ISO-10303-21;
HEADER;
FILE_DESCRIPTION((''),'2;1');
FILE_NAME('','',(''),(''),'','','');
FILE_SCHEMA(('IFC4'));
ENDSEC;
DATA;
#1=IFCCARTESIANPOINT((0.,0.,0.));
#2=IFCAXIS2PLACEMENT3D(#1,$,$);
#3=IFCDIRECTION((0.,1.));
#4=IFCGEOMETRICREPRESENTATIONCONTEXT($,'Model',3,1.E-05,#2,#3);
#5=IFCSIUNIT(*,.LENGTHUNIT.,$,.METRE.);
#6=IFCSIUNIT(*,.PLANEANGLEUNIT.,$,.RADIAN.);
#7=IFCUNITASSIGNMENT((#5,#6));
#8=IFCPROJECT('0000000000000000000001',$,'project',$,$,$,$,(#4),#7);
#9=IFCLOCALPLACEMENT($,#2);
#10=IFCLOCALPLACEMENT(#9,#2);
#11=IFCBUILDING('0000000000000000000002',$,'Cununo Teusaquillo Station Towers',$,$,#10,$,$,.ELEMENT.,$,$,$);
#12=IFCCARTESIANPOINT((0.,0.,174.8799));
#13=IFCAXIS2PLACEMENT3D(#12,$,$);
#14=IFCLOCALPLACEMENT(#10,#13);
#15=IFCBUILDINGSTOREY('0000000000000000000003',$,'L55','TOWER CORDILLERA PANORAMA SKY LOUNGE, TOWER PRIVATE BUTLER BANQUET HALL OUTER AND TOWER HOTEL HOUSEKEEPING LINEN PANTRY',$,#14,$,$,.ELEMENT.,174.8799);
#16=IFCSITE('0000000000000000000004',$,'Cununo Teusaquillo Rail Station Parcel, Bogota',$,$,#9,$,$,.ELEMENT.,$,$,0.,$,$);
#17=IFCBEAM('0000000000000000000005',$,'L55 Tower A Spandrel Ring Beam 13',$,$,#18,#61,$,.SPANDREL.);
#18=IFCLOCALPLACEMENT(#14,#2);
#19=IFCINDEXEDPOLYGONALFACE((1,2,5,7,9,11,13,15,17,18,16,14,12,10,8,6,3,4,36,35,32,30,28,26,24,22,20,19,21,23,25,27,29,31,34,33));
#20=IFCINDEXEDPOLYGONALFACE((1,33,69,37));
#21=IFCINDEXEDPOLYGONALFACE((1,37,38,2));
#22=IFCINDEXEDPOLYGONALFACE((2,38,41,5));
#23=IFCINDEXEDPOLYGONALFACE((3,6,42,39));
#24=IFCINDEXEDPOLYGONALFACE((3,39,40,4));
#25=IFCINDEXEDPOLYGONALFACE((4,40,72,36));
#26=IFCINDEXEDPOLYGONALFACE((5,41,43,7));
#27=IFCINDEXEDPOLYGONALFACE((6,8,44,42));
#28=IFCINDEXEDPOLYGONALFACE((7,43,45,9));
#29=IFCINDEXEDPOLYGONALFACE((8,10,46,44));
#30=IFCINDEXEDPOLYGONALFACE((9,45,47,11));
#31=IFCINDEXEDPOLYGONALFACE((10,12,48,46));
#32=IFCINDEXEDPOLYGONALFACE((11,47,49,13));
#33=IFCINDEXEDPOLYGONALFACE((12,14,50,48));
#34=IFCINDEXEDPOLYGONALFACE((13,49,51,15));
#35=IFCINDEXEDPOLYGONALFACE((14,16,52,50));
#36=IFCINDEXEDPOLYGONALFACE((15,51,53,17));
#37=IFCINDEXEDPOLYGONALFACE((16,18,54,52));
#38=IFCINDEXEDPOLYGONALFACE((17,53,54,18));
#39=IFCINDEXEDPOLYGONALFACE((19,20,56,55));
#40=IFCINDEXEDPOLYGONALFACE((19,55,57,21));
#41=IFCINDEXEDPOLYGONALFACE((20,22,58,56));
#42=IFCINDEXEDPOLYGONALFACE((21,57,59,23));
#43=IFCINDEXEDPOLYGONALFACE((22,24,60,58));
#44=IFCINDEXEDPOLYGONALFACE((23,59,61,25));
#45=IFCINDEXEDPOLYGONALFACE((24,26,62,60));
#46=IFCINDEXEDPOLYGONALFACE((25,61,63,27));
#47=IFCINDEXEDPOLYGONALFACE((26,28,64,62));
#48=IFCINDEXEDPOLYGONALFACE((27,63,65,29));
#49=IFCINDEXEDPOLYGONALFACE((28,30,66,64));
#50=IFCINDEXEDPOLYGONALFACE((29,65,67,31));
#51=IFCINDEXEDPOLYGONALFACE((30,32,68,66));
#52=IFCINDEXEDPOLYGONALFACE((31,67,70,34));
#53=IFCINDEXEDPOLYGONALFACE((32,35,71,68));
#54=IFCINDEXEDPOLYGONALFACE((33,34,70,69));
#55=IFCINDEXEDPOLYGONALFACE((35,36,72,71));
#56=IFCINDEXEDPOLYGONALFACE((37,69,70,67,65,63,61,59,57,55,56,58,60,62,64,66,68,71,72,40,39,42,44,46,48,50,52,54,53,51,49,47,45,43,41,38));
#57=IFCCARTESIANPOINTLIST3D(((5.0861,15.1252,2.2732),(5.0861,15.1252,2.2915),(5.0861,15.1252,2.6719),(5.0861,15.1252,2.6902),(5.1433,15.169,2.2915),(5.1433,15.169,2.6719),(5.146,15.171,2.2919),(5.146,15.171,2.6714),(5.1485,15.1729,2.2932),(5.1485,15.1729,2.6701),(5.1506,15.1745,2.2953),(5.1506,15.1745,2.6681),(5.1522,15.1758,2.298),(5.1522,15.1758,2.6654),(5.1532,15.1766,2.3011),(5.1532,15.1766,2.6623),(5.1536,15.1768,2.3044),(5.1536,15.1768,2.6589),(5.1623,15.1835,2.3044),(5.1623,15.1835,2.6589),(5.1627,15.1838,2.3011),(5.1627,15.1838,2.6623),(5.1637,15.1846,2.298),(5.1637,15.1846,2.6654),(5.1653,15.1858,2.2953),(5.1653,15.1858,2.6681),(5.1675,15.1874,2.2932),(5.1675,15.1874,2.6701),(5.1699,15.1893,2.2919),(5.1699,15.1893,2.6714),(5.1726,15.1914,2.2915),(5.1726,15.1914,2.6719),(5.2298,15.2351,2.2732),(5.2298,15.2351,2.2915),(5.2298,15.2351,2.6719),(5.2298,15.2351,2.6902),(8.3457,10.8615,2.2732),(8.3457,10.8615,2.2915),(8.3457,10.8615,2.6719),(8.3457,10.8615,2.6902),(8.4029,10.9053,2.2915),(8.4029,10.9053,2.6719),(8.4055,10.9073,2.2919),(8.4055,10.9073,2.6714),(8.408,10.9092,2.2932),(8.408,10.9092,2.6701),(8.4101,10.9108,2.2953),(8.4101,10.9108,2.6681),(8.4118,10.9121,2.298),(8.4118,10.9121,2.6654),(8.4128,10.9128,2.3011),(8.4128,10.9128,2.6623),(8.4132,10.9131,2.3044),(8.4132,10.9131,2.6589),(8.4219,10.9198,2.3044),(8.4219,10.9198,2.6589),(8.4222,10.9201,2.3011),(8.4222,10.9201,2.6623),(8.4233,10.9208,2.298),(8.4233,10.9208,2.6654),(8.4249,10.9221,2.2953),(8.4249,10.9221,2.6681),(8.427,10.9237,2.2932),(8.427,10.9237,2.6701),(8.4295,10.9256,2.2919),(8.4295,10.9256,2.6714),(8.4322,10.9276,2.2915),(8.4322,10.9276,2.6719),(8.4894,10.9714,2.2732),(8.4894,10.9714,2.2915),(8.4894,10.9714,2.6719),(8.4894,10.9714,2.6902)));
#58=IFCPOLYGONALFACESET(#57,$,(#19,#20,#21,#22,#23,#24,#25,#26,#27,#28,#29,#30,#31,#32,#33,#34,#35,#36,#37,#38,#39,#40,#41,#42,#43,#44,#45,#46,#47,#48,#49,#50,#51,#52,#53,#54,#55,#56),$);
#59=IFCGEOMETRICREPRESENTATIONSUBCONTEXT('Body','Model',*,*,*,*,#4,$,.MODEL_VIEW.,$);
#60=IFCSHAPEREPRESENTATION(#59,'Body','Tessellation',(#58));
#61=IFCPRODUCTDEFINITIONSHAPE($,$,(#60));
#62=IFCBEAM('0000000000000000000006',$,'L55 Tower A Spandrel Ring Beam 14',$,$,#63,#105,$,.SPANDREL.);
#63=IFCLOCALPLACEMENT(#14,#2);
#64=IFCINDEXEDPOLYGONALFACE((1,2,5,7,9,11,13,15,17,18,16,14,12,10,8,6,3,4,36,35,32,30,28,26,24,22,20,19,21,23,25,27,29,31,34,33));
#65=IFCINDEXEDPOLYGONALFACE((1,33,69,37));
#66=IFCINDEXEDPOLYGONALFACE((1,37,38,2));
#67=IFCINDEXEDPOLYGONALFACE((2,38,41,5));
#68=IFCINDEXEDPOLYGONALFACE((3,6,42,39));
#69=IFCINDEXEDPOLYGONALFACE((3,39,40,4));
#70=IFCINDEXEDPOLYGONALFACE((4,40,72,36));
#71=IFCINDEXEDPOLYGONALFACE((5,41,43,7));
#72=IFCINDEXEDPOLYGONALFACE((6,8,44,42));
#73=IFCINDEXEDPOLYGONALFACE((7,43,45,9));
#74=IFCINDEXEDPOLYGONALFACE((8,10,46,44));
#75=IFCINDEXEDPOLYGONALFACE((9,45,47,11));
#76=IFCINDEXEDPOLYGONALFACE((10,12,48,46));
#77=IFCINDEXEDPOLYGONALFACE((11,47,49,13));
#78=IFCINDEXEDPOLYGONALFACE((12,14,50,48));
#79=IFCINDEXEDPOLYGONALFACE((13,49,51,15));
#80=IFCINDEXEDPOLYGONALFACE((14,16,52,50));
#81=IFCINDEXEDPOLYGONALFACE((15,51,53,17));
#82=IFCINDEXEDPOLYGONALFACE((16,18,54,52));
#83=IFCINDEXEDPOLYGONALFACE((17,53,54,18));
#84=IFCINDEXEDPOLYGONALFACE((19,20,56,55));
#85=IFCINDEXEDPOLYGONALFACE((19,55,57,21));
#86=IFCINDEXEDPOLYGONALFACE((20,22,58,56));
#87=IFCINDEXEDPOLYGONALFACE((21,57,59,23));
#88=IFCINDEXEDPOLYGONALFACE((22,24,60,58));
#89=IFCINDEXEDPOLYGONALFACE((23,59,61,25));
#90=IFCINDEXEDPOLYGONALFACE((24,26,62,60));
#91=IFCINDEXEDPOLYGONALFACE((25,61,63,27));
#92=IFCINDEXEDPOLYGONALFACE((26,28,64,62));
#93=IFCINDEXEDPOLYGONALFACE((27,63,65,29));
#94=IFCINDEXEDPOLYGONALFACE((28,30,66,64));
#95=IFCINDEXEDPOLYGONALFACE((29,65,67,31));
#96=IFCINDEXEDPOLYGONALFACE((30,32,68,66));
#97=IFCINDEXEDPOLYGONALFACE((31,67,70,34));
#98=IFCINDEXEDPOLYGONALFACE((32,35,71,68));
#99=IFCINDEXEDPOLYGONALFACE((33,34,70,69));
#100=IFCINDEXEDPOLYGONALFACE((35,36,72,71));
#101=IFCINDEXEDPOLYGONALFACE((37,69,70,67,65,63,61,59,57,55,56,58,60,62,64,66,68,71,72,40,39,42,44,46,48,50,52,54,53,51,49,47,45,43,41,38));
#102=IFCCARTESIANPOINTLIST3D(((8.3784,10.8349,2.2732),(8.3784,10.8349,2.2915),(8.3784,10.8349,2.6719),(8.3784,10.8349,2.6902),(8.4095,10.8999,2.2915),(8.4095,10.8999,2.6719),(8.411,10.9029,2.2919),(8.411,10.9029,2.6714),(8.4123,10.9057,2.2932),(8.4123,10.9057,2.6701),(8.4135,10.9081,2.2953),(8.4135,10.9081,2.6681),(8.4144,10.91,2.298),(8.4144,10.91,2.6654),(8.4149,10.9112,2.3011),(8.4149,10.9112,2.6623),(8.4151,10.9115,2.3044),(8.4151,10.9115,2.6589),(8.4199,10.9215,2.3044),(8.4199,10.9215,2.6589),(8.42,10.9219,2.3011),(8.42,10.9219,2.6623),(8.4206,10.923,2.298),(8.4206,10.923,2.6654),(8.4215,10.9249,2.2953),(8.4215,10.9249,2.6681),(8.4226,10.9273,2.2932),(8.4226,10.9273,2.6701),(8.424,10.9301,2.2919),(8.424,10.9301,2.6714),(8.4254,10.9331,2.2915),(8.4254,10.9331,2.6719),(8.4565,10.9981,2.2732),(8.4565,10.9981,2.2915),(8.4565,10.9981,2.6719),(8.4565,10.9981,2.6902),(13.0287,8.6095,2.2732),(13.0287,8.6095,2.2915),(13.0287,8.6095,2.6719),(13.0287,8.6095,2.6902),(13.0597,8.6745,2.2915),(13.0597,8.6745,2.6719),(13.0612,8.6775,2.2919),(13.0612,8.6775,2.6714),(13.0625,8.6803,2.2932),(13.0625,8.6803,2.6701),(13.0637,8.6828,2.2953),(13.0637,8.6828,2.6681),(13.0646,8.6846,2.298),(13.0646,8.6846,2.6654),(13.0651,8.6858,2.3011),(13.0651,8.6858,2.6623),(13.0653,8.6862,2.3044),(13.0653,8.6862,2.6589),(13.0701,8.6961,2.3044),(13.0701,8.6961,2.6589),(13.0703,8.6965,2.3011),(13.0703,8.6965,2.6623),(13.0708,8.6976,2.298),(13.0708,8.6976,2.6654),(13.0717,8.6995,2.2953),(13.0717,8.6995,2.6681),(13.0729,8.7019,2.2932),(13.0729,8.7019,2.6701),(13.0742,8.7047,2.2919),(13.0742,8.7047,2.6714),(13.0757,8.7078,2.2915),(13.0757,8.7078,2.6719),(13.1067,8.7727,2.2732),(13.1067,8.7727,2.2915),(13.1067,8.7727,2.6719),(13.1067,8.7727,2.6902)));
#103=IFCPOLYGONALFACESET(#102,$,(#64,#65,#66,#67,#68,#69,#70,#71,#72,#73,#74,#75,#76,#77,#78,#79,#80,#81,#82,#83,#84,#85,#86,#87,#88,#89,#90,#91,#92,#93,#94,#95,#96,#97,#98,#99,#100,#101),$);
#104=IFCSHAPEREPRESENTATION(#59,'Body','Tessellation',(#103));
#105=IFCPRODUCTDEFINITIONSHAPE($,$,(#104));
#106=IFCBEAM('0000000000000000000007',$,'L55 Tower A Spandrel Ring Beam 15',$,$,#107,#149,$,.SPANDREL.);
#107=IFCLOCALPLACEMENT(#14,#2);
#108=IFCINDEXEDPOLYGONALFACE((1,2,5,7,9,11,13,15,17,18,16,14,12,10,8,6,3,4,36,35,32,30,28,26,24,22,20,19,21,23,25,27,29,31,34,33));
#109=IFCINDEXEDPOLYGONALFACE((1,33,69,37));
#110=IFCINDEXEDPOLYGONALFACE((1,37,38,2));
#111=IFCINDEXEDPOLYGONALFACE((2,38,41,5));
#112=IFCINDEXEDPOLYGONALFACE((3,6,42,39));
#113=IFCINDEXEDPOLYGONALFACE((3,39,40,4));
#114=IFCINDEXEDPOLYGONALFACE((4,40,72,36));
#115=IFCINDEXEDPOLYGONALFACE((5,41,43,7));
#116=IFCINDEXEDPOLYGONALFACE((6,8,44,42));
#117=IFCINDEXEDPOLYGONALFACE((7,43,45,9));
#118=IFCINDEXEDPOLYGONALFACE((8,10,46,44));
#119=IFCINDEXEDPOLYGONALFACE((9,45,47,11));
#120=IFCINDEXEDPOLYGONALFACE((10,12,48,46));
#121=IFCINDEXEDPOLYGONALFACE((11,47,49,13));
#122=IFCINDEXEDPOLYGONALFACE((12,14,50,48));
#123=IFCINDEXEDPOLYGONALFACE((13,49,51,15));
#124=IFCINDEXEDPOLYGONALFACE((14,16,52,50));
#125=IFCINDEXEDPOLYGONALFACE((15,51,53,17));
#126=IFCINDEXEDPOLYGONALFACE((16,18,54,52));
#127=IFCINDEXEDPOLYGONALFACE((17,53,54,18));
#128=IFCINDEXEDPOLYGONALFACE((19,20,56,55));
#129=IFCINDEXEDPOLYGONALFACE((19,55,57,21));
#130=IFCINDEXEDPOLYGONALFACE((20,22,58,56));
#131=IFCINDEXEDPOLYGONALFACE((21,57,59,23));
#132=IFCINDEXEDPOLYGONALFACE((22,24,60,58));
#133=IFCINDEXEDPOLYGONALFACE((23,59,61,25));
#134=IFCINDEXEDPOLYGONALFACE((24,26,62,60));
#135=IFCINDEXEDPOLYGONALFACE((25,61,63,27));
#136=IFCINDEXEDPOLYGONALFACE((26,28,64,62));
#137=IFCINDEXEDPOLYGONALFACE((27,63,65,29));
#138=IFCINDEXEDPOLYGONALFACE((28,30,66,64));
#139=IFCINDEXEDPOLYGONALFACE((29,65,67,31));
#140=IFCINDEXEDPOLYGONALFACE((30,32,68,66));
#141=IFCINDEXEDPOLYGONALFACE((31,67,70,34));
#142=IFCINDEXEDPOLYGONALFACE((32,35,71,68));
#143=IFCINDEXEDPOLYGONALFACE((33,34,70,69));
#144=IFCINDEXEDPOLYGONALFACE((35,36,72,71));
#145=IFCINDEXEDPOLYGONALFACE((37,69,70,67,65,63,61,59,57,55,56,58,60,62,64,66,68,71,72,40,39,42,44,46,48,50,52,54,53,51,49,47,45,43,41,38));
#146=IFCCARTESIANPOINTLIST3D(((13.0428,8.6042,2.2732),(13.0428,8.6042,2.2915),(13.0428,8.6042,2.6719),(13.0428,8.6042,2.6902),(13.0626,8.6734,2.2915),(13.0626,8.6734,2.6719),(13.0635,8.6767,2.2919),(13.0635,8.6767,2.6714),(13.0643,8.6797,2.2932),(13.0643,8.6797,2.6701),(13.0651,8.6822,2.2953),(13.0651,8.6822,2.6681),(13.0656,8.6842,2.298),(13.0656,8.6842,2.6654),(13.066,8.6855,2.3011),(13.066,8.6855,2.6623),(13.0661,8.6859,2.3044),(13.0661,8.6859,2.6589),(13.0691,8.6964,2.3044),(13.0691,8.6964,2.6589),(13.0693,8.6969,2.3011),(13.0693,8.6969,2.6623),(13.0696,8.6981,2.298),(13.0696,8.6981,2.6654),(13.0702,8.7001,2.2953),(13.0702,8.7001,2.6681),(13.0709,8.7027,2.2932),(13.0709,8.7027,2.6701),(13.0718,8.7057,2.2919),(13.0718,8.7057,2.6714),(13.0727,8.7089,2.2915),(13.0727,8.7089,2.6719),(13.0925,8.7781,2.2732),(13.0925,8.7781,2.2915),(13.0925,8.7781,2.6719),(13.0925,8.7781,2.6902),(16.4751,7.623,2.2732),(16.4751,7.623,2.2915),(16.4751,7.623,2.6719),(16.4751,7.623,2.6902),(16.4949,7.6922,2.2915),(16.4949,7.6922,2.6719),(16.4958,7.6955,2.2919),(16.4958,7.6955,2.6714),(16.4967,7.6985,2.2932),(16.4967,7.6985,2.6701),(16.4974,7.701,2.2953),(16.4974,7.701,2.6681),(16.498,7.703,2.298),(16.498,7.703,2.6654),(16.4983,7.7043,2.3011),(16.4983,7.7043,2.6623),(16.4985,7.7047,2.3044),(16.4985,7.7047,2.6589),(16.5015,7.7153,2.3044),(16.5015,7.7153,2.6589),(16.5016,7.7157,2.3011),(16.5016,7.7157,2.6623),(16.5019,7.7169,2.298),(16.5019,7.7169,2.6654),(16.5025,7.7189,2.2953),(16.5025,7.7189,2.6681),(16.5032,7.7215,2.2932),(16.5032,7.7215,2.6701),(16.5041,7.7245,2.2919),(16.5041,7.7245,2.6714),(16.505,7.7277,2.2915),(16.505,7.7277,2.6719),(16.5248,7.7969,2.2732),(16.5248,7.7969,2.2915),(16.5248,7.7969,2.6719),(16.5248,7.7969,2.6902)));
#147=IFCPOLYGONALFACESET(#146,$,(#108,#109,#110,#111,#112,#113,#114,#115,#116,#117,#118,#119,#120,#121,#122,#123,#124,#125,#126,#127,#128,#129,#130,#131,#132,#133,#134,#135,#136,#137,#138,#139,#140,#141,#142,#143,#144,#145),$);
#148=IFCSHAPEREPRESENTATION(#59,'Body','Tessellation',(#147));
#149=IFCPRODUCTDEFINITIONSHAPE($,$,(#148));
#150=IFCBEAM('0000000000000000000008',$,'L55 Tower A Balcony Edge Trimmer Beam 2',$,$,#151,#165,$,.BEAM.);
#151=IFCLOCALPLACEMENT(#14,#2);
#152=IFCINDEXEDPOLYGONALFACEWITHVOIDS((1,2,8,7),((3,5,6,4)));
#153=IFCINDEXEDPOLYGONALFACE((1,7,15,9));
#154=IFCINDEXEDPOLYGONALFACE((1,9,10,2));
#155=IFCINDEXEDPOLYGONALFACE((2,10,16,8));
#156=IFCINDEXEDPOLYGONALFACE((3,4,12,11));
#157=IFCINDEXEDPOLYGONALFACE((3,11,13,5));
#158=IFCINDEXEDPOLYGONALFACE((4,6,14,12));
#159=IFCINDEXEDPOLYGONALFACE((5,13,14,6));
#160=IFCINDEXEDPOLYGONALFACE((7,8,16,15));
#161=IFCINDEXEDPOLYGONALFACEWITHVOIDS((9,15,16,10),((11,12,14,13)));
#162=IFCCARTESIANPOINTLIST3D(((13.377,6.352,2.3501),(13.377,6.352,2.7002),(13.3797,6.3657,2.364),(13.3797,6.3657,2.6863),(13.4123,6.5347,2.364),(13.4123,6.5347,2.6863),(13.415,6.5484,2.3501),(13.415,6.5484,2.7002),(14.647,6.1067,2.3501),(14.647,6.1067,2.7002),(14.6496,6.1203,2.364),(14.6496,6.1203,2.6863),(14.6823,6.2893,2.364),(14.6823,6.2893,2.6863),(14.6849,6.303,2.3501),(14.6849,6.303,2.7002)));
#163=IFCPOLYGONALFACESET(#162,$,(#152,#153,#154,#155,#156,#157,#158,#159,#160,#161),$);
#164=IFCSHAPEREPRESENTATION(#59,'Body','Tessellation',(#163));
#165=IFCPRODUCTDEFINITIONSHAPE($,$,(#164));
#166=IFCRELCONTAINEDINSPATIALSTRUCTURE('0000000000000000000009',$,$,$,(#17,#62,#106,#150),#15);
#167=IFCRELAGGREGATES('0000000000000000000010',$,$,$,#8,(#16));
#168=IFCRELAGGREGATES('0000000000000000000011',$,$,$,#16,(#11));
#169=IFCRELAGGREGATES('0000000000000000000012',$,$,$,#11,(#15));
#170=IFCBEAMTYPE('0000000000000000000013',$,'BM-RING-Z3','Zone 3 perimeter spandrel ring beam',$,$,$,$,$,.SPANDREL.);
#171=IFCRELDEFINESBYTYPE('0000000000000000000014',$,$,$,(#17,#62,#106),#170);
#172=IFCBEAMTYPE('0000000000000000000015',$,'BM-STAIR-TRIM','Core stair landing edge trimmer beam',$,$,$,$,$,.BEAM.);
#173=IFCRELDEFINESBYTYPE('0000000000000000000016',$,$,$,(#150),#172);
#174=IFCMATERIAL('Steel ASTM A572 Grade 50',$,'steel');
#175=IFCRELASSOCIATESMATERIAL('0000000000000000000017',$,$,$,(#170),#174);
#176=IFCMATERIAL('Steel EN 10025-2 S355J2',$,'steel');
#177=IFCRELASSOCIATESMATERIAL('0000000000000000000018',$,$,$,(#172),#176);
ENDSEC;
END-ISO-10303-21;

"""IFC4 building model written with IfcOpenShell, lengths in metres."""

from ifc_helpers import new_model, si_unit, direction, frame, origin, origin_2d, place, context, subcontext, project, spatial, hollow_rectangle, i_section, extrude, material, material_profile, profile_set, type_object, element, save


model = new_model("IFC4")

# Units and contexts
model_context = context("Model", 3, precision=1e-05, world=origin(), true_north=direction((0.0, 1.0)))
body_context = subcontext(model_context, "Body", "Model", "MODEL_VIEW")
ifc_project = project(units=[si_unit("LENGTHUNIT", "METRE"), si_unit("PLANEANGLEUNIT", "RADIAN")], contexts=[model_context])

# Site, building, storey
site_placement = place(None, origin())
site = spatial("IfcSite", under=ifc_project, at=site_placement, Name="Cununo Teusaquillo Rail Station Parcel, Bogota", CompositionType="ELEMENT", RefElevation=0.0)
building_placement = place(site_placement, origin())
building = spatial("IfcBuilding", under=site, at=building_placement, Name="Cununo Teusaquillo Station Towers", CompositionType="ELEMENT")
storey_placement = place(building_placement, frame((0.0, 0.0, 174.8799)))
storey = spatial("IfcBuildingStorey", under=building, at=storey_placement, Name="L55", Description="TOWER CORDILLERA PANORAMA SKY LOUNGE, TOWER PRIVATE BUTLER BANQUET HALL OUTER AND TOWER HOTEL HOUSEKEEPING LINEN PANTRY", CompositionType="ELEMENT", Elevation=174.8799)

# Beams
ifc_material_1 = material(Name="Steel ASTM A572 Grade 50", Category="steel")
ifc_material_profile_1 = material_profile(ifc_material_1, i_section(OverallWidth=0.1809, OverallDepth=0.417, WebThickness=0.011, FlangeThickness=0.0183, FilletRadius=0.0129, at=origin_2d()), Name="W16X57")
ifc_profile_set_1 = profile_set([ifc_material_profile_1], Name="Steel ASTM A572 Grade 50")
beam_type_1 = type_object("IfcBeamType", Name="BM-RING-Z3", Description="Zone 3 perimeter spandrel ring beam", PredefinedType="SPANDREL", material=ifc_profile_set_1)
beam_1_placement = place(storey_placement, frame((5.158, 15.1802, 2.4817), z_axis=(0.60734, -0.794442, 0.0), x_axis=(0.794442, 0.60734, 0.0)))
element("IfcBeam", 1, at=beam_1_placement, inside=storey, type_object=beam_type_1, Name="L55 Tower A Spandrel Ring Beam 13", PredefinedType="SPANDREL", context=body_context, shape_type="SweptSolid", body=[
    extrude(i_section(OverallWidth=0.1809, OverallDepth=0.417, WebThickness=0.011, FlangeThickness=0.0183, FilletRadius=0.0129, at=origin_2d()), origin(), (0.0, 0.0, 1.0), 5.3669),
])
beam_2_placement = place(storey_placement, frame((8.4175, 10.9165, 2.4817), z_axis=(0.902032, -0.43167, 0.0), x_axis=(0.43167, 0.902032, 0.0)))
element("IfcBeam", 2, at=beam_2_placement, inside=storey, type_object=beam_type_1, Name="L55 Tower A Spandrel Ring Beam 14", PredefinedType="SPANDREL", context=body_context, shape_type="SweptSolid", body=[
    extrude(i_section(OverallWidth=0.1809, OverallDepth=0.417, WebThickness=0.011, FlangeThickness=0.0183, FilletRadius=0.0129, at=origin_2d()), origin(), (0.0, 0.0, 1.0), 5.1553),
])
beam_3_placement = place(storey_placement, frame((13.0676, 8.6912, 2.4817), z_axis=(0.961485, -0.274857, 0.0), x_axis=(0.274857, 0.961485, 0.0)))
element("IfcBeam", 3, at=beam_3_placement, inside=storey, type_object=beam_type_1, Name="L55 Tower A Spandrel Ring Beam 15", PredefinedType="SPANDREL", context=body_context, shape_type="SweptSolid", body=[
    extrude(i_section(OverallWidth=0.1809, OverallDepth=0.417, WebThickness=0.011, FlangeThickness=0.0183, FilletRadius=0.0129, at=origin_2d()), origin(), (0.0, 0.0, 1.0), 3.5698),
])
ifc_material_2 = material(Name="Steel EN 10025-2 S355J2", Category="steel")
ifc_material_profile_2 = material_profile(ifc_material_2, hollow_rectangle(XDim=0.2, YDim=0.3501, WallThickness=0.0139, at=origin_2d()), Name="RHS 350x200x14")
ifc_profile_set_2 = profile_set([ifc_material_profile_2], Name="Steel EN 10025-2 S355J2")
beam_type_2 = type_object("IfcBeamType", Name="BM-STAIR-TRIM", Description="Core stair landing edge trimmer beam", PredefinedType="BEAM", material=ifc_profile_set_2)
beam_4_placement = place(storey_placement, frame((13.396, 6.4502, 2.5251), z_axis=(0.981845, -0.189687, 0.0), x_axis=(0.189687, 0.981845, 0.0)))
element("IfcBeam", 4, at=beam_4_placement, inside=storey, type_object=beam_type_2, Name="L55 Tower A Balcony Edge Trimmer Beam 2", PredefinedType="BEAM", context=body_context, shape_type="SweptSolid", body=[
    extrude(hollow_rectangle(XDim=0.2, YDim=0.3501, WallThickness=0.0139, at=origin_2d()), origin(), (0.0, 0.0, 1.0), 1.2935),
])

save(model, "model.ifc")
